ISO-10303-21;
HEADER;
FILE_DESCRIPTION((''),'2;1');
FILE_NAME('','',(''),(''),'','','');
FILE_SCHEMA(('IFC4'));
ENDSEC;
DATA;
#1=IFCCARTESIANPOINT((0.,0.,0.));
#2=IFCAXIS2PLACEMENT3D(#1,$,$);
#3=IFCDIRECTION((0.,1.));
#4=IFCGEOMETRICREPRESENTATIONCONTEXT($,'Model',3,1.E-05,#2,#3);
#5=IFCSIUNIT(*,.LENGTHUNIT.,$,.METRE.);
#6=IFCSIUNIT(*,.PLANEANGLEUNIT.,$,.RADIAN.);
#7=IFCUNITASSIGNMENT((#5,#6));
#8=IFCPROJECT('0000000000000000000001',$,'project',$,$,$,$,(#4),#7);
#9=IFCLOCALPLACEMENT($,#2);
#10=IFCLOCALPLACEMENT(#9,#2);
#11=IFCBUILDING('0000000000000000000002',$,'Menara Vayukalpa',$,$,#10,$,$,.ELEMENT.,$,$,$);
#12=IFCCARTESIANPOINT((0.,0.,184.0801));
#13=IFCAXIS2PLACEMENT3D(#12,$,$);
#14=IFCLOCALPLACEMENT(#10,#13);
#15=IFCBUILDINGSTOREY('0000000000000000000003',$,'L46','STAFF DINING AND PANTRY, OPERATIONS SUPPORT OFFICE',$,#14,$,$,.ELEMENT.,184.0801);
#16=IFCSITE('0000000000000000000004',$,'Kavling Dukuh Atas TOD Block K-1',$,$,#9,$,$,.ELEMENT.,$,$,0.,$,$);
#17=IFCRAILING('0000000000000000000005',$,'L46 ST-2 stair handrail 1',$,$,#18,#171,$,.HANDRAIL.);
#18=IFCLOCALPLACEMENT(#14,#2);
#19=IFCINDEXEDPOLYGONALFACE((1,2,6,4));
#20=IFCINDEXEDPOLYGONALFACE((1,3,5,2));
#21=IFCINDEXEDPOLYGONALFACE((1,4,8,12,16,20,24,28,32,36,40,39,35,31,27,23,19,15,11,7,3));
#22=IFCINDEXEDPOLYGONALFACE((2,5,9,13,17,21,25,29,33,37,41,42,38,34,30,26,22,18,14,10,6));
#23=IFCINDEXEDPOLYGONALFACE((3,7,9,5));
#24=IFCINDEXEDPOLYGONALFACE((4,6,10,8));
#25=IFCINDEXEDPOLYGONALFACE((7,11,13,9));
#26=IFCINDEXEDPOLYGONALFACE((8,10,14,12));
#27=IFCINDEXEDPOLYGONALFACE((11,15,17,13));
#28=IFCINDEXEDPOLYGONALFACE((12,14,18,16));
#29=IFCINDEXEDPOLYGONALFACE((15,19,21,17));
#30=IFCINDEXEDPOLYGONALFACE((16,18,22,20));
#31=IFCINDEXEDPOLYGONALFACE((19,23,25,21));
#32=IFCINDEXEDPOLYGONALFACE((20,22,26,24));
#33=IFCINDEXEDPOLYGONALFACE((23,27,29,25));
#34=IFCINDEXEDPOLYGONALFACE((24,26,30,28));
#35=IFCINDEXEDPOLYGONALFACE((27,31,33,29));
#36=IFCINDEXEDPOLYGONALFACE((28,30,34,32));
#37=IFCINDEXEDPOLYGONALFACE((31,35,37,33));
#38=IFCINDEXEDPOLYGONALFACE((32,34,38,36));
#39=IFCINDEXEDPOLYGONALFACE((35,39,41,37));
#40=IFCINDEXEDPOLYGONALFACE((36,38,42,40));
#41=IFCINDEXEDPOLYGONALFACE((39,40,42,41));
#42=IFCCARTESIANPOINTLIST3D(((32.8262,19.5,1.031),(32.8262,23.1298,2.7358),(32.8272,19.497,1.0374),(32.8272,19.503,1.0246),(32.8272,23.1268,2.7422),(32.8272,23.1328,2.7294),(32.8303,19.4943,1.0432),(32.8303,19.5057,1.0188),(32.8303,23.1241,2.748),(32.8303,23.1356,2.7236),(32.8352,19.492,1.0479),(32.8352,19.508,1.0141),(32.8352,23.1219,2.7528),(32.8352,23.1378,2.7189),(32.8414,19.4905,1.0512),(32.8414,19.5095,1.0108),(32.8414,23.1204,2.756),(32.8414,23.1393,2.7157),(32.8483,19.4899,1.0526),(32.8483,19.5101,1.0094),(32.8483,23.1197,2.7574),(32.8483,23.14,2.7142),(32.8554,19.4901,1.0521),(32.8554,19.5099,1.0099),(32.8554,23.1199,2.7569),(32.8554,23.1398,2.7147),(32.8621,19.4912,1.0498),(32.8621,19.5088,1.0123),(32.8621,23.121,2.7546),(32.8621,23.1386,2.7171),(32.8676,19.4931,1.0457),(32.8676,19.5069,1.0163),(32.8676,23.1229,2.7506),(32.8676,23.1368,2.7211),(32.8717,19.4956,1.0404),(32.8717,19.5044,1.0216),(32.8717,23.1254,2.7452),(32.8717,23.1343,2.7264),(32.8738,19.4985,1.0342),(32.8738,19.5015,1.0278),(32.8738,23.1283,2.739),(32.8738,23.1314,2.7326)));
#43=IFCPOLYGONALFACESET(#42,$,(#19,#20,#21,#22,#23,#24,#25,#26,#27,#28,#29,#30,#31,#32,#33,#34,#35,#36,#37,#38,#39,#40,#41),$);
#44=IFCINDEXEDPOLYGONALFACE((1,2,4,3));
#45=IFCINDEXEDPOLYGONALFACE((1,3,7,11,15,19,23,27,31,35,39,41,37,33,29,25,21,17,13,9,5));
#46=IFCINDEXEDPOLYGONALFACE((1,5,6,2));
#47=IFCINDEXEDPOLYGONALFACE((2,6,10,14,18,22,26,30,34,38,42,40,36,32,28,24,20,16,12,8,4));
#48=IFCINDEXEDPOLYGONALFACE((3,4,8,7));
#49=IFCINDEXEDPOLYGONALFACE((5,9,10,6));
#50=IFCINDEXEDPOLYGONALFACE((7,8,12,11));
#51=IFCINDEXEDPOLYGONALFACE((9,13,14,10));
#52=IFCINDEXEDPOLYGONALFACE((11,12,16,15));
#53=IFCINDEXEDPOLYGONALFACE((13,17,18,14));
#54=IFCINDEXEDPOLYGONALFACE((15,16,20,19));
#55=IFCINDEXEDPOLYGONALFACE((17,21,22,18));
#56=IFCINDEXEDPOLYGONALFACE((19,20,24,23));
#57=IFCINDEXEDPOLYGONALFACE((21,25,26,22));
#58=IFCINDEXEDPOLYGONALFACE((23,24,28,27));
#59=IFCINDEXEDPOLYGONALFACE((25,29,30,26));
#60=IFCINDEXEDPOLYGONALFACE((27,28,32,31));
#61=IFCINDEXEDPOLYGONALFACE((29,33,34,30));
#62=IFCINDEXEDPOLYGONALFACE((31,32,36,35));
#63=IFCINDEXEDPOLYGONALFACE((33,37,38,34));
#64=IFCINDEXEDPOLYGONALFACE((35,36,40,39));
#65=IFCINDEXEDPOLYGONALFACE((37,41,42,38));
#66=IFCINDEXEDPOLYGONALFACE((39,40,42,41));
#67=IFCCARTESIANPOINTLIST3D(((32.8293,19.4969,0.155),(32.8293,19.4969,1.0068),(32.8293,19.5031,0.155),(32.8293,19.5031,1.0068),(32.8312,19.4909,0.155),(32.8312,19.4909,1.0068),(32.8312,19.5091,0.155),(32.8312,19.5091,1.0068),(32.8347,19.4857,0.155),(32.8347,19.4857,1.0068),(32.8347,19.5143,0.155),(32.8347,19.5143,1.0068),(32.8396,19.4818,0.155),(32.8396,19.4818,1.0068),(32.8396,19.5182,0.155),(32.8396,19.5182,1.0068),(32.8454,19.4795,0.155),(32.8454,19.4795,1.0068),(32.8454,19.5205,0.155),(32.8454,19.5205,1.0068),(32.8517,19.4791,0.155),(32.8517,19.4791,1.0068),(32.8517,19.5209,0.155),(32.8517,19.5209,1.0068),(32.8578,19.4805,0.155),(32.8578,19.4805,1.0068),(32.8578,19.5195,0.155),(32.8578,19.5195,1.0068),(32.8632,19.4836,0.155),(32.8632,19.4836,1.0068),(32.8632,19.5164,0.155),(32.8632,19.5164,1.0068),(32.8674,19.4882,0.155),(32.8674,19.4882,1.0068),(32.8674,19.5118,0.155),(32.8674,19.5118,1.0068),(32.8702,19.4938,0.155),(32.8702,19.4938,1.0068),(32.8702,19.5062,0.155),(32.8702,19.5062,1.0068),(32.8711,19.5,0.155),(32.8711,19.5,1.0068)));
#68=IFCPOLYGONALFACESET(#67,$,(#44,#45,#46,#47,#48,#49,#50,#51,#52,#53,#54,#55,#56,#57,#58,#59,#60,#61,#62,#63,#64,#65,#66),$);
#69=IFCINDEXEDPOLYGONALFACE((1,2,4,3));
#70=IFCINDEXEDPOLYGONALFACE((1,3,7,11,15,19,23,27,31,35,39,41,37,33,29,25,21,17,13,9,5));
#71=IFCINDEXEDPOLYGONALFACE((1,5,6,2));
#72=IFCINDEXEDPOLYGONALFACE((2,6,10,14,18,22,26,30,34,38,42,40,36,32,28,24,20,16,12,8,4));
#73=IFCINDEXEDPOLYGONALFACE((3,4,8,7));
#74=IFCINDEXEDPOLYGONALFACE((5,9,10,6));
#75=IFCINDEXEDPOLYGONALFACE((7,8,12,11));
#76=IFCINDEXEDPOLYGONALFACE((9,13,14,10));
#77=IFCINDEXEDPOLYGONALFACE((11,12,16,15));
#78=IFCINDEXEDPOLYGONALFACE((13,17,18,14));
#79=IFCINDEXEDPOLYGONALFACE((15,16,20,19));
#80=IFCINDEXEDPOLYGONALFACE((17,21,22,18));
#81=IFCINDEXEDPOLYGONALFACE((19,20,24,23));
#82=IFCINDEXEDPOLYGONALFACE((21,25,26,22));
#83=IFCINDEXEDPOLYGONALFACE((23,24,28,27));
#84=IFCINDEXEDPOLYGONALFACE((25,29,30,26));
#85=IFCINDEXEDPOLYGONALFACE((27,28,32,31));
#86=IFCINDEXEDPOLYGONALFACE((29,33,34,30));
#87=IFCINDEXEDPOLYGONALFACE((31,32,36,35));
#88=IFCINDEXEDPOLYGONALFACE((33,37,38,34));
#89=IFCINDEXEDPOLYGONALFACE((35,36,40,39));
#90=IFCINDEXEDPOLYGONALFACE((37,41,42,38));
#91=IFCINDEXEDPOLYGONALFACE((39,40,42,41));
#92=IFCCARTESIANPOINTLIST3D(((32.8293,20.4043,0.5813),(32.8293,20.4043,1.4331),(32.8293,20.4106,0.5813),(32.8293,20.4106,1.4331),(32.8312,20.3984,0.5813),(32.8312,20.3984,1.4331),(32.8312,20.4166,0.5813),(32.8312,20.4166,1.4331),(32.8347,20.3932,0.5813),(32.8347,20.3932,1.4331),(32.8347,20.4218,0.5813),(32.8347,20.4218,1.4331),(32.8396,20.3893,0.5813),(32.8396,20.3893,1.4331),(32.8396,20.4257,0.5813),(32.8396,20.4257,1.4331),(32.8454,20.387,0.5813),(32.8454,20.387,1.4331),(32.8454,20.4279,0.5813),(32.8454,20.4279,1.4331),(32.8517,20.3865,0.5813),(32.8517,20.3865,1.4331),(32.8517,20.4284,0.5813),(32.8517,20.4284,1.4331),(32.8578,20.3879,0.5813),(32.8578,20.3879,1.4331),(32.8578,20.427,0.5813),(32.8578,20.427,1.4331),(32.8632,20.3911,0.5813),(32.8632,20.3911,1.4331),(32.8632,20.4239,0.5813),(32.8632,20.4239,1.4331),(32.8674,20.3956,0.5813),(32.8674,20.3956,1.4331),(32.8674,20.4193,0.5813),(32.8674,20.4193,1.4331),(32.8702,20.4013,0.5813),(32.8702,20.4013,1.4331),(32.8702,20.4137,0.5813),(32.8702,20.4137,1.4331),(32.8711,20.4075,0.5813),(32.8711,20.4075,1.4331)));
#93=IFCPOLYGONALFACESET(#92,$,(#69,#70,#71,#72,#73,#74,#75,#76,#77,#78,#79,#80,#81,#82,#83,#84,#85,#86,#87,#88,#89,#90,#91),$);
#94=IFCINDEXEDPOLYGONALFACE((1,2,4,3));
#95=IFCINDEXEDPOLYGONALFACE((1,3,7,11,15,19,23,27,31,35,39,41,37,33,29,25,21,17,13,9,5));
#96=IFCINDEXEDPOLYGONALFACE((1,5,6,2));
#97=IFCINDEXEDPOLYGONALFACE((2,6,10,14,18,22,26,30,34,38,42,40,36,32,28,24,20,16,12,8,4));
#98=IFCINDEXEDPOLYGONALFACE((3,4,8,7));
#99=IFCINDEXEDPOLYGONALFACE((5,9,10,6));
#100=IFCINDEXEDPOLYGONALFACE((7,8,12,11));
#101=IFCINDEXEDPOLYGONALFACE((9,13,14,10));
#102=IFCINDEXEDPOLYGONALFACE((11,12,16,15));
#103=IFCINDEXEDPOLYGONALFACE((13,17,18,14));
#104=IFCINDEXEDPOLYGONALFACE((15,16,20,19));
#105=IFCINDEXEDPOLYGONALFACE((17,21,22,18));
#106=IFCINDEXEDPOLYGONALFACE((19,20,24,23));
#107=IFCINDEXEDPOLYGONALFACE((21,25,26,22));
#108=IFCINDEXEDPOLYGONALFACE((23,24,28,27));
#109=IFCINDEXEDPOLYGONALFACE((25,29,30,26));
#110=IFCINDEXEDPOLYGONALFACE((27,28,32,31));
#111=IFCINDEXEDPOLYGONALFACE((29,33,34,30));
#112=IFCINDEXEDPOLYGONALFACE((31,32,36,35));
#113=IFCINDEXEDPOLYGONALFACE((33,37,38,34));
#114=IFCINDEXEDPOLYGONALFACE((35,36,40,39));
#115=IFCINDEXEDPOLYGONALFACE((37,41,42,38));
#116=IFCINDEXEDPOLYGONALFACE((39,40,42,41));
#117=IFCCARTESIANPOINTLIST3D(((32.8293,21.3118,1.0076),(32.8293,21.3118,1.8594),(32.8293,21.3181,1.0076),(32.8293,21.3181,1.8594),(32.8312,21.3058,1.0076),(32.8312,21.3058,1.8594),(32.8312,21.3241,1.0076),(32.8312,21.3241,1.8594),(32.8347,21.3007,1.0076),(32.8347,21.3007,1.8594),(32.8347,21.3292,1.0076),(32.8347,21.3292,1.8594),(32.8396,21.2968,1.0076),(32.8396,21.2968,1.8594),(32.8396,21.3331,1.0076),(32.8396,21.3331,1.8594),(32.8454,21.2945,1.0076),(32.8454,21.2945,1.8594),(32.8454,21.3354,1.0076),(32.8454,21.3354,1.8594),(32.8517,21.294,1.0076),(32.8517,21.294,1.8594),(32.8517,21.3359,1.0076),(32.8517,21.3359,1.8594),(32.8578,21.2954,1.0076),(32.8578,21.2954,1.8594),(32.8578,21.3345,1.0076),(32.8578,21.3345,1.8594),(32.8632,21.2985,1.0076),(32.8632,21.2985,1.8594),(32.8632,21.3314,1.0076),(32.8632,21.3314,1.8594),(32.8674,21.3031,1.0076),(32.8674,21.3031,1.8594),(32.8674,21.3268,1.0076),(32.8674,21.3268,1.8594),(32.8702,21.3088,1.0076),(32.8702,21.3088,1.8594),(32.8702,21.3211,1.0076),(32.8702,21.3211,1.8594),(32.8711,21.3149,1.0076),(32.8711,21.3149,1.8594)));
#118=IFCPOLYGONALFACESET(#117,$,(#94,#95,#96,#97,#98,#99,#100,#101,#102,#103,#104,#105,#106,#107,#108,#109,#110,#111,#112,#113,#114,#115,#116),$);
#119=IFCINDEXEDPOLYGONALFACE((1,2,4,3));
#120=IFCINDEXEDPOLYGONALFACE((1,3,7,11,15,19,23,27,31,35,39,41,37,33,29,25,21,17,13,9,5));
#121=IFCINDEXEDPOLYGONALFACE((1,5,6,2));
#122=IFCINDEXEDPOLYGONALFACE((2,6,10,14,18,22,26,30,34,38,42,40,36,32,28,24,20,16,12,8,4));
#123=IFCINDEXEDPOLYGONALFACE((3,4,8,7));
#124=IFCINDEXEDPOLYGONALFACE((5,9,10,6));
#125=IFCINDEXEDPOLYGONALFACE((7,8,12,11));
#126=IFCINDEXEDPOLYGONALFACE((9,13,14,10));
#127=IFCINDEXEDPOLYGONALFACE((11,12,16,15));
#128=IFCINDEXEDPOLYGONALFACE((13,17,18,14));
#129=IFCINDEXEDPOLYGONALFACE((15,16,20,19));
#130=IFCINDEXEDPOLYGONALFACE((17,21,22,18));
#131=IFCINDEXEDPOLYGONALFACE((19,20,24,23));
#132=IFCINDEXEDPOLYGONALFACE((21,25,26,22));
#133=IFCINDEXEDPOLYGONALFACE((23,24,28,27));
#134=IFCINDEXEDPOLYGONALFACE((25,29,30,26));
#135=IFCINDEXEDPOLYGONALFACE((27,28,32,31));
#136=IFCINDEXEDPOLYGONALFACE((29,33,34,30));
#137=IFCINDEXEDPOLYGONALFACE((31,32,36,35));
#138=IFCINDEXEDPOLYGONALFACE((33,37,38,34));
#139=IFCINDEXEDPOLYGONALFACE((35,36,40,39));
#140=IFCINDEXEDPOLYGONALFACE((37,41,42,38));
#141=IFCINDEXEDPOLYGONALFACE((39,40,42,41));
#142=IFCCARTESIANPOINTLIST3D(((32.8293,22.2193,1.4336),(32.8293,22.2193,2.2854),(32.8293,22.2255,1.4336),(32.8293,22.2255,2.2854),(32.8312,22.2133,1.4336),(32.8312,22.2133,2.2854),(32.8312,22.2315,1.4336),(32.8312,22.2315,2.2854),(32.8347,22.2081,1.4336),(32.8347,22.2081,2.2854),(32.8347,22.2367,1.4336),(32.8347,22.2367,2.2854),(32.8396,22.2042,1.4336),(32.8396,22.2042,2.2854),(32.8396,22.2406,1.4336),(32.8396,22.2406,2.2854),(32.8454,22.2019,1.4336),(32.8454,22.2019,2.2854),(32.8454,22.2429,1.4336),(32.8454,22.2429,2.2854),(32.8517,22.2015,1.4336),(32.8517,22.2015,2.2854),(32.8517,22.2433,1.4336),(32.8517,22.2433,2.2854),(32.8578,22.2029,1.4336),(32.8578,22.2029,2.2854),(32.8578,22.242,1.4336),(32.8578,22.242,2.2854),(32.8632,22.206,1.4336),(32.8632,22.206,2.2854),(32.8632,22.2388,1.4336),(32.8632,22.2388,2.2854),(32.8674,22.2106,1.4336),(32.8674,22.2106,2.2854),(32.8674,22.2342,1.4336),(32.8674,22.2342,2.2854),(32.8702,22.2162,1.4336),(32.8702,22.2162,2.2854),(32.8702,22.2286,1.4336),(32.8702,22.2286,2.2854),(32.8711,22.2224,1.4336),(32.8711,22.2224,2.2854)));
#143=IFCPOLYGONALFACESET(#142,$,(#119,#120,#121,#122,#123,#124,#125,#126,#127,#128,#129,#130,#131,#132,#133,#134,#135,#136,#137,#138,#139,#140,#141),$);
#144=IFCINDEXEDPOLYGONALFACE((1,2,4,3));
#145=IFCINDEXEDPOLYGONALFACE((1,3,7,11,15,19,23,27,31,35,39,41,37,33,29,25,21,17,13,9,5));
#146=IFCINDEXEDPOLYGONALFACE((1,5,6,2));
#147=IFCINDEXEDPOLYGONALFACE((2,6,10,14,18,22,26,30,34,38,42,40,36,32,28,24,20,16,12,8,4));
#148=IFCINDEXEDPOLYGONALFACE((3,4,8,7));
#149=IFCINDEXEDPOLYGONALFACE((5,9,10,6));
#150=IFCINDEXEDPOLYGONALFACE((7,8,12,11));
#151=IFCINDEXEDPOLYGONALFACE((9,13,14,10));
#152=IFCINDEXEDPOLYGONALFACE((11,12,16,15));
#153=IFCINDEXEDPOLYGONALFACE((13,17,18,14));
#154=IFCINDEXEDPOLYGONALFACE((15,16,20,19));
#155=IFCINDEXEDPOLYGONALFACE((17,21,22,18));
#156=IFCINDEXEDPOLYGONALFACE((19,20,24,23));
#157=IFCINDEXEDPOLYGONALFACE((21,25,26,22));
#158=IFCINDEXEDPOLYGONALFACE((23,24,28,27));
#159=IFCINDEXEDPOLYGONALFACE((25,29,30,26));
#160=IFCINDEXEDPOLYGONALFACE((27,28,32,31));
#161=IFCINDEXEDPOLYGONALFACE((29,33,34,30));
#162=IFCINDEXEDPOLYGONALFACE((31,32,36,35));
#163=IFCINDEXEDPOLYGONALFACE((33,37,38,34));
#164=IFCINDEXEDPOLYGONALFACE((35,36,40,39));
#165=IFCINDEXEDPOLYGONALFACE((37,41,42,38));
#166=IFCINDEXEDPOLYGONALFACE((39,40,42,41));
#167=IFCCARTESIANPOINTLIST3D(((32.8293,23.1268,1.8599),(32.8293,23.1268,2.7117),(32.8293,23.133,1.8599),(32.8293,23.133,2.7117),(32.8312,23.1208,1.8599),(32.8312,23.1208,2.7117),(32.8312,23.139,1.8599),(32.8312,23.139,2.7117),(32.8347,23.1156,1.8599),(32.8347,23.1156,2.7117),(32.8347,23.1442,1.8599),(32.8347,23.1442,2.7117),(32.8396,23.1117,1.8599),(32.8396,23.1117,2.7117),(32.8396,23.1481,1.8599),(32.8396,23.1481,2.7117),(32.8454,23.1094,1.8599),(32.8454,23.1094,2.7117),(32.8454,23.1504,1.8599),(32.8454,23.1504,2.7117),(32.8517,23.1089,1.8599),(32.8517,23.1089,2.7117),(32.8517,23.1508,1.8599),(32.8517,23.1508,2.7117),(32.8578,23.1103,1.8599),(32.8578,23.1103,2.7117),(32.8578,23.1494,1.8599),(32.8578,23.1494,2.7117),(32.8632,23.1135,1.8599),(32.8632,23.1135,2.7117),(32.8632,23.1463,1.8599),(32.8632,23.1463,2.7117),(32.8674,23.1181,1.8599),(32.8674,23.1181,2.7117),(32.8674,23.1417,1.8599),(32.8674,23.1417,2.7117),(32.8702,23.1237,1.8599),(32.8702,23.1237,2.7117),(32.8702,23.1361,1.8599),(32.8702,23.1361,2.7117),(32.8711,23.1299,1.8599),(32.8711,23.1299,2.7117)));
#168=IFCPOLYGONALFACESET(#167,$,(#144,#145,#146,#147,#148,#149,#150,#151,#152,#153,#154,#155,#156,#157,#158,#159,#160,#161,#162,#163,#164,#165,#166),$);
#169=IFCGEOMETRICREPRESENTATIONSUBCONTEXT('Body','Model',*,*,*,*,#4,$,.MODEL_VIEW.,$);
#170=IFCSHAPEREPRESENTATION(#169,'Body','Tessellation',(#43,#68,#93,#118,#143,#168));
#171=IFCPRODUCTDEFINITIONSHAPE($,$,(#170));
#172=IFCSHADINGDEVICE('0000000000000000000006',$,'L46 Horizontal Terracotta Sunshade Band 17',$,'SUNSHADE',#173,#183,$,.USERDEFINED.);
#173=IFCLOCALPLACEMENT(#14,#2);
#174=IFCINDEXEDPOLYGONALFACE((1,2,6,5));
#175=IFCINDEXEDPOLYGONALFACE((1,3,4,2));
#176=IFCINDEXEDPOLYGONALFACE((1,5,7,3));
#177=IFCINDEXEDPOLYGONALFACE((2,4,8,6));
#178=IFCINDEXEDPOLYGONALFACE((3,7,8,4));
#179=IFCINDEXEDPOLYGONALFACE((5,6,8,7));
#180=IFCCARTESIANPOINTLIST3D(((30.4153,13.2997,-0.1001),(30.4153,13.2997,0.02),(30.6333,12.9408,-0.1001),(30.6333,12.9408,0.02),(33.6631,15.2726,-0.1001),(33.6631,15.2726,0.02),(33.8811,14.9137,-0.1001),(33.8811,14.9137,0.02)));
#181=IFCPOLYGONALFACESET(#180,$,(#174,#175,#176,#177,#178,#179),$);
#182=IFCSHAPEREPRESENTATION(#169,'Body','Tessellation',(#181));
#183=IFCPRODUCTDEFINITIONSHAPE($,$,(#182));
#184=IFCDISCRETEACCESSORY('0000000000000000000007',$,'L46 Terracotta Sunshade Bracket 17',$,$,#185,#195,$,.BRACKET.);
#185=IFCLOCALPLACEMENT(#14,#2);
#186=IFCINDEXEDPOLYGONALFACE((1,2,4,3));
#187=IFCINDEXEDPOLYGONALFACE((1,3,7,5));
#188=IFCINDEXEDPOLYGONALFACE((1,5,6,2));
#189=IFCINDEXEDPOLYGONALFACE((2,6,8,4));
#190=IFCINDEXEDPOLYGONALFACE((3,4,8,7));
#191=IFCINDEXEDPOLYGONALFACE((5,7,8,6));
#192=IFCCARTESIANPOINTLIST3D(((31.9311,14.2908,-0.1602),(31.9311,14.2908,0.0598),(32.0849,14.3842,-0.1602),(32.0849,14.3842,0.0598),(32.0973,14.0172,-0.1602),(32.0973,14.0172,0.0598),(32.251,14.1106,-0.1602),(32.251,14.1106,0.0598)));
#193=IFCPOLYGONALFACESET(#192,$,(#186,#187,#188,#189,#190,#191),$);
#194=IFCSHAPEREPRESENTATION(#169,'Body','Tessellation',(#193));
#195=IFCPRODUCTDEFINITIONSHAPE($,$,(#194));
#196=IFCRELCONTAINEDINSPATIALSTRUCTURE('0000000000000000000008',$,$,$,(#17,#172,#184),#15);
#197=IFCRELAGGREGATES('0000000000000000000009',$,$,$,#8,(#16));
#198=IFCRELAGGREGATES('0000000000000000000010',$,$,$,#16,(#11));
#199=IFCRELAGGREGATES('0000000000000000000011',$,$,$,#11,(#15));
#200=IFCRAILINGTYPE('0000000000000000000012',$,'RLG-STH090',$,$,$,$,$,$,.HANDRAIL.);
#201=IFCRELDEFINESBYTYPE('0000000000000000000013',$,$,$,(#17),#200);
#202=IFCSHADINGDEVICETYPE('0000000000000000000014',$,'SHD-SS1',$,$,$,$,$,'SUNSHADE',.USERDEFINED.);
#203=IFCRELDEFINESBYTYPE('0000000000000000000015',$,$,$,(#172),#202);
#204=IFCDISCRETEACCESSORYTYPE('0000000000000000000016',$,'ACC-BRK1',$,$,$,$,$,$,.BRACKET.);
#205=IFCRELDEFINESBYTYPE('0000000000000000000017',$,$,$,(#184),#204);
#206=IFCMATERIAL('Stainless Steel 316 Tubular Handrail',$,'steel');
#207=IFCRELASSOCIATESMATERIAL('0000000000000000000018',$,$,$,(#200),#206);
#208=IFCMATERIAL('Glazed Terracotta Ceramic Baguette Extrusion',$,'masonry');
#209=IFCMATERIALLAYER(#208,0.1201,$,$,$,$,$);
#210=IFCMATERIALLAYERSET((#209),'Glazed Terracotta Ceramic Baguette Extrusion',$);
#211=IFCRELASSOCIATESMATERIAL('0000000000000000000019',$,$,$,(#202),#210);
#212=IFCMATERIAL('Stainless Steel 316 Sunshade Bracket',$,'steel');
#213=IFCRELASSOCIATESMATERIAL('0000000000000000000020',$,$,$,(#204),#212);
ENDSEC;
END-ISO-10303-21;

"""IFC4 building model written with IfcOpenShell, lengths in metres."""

from ifc_helpers import new_model, si_unit, direction, frame, origin, origin_2d, place, context, subcontext, project, spatial, rectangle, circle, extrude, material, layer, layer_set, type_object, element, save


model = new_model("IFC4")

# Units and contexts
model_context = context("Model", 3, precision=1e-05, world=origin(), true_north=direction((0.0, 1.0)))
body_context = subcontext(model_context, "Body", "Model", "MODEL_VIEW")
ifc_project = project(units=[si_unit("LENGTHUNIT", "METRE"), si_unit("PLANEANGLEUNIT", "RADIAN")], contexts=[model_context])

# Site, building, storey
site_placement = place(None, origin())
site = spatial("IfcSite", under=ifc_project, at=site_placement, Name="Kavling Dukuh Atas TOD Block K-1", CompositionType="ELEMENT", RefElevation=0.0)
building_placement = place(site_placement, origin())
building = spatial("IfcBuilding", under=site, at=building_placement, Name="Menara Vayukalpa", CompositionType="ELEMENT")
storey_placement = place(building_placement, frame((0.0, 0.0, 184.0801)))
storey = spatial("IfcBuildingStorey", under=building, at=storey_placement, Name="L46", Description="STAFF DINING AND PANTRY, OPERATIONS SUPPORT OFFICE", CompositionType="ELEMENT", Elevation=184.0801)

# Railing
ifc_material_1 = material(Name="Stainless Steel 316 Tubular Handrail", Category="steel")
railing_type_1 = type_object("IfcRailingType", Name="RLG-STH090", PredefinedType="HANDRAIL", material=ifc_material_1)
railing_1_placement = place(storey_placement, frame((32.8501, 19.5, 0.155)))
element("IfcRailing", 1, at=railing_1_placement, inside=storey, type_object=railing_type_1, Name="L46 ST-2 stair handrail 1", PredefinedType="HANDRAIL", context=body_context, shape_type="SweptSolid", body=[
    extrude(circle(Radius=0.0239, at=origin_2d()), frame((0.0, 0.0, 0.876), z_axis=(0.0, 0.90514, 0.425114), x_axis=(-1.0, 0.0, 0.0)), (0.0, 0.0, 1.0), 4.0103),
    extrude(circle(Radius=0.021, at=origin_2d()), origin(), (0.0, 0.0, 1.0), 0.8518),
    extrude(circle(Radius=0.021, at=origin_2d()), frame((0.0, 0.9075, 0.4263)), (0.0, 0.0, 1.0), 0.8518),
    extrude(circle(Radius=0.021, at=origin_2d()), frame((0.0, 1.8149, 0.8525)), (0.0, 0.0, 1.0), 0.8518),
    extrude(circle(Radius=0.021, at=origin_2d()), frame((0.0, 2.7224, 1.2786)), (0.0, 0.0, 1.0), 0.8518),
    extrude(circle(Radius=0.021, at=origin_2d()), frame((0.0, 3.6299, 1.7048)), (0.0, 0.0, 1.0), 0.8518),
])

# Shading device
ifc_material_2 = material(Name="Glazed Terracotta Ceramic Baguette Extrusion", Category="masonry")
ifc_layer_1 = layer(ifc_material_2, 0.1201)
ifc_layer_set_1 = layer_set([ifc_layer_1], Name="Glazed Terracotta Ceramic Baguette Extrusion")
shading_device_type = type_object("IfcShadingDeviceType", Name="SHD-SS1", ElementType="SUNSHADE", PredefinedType="USERDEFINED", material=ifc_layer_set_1)
shading_device_placement = place(storey_placement, frame((32.1482, 14.1067, -0.1001), z_axis=(0.0, 0.0, 1.0), x_axis=(0.854667, 0.519176, 0.0)))
element("IfcShadingDevice", 2, at=shading_device_placement, inside=storey, type_object=shading_device_type, Name="L46 Horizontal Terracotta Sunshade Band 17", ObjectType="SUNSHADE", PredefinedType="USERDEFINED", context=body_context, shape_type="SweptSolid", body=[
    extrude(rectangle(XDim=3.8, YDim=0.4199, at=origin_2d()), origin(), (0.0, 0.0, 1.0), 0.1201),
])

# Discrete accessory
ifc_material_3 = material(Name="Stainless Steel 316 Sunshade Bracket", Category="steel")
discrete_accessory_type = type_object("IfcDiscreteAccessoryType", Name="ACC-BRK1", PredefinedType="BRACKET", material=ifc_material_3)
discrete_accessory_placement = place(storey_placement, frame((32.0911, 14.2007, -0.1602), z_axis=(0.0, 0.0, 1.0), x_axis=(0.854667, 0.519176, 0.0)))
element("IfcDiscreteAccessory", 3, at=discrete_accessory_placement, inside=storey, type_object=discrete_accessory_type, Name="L46 Terracotta Sunshade Bracket 17", PredefinedType="BRACKET", context=body_context, shape_type="SweptSolid", body=[
    extrude(rectangle(XDim=0.1799, YDim=0.3201, at=origin_2d()), origin(), (0.0, 0.0, 1.0), 0.22),
])

save(model, "model.ifc")
